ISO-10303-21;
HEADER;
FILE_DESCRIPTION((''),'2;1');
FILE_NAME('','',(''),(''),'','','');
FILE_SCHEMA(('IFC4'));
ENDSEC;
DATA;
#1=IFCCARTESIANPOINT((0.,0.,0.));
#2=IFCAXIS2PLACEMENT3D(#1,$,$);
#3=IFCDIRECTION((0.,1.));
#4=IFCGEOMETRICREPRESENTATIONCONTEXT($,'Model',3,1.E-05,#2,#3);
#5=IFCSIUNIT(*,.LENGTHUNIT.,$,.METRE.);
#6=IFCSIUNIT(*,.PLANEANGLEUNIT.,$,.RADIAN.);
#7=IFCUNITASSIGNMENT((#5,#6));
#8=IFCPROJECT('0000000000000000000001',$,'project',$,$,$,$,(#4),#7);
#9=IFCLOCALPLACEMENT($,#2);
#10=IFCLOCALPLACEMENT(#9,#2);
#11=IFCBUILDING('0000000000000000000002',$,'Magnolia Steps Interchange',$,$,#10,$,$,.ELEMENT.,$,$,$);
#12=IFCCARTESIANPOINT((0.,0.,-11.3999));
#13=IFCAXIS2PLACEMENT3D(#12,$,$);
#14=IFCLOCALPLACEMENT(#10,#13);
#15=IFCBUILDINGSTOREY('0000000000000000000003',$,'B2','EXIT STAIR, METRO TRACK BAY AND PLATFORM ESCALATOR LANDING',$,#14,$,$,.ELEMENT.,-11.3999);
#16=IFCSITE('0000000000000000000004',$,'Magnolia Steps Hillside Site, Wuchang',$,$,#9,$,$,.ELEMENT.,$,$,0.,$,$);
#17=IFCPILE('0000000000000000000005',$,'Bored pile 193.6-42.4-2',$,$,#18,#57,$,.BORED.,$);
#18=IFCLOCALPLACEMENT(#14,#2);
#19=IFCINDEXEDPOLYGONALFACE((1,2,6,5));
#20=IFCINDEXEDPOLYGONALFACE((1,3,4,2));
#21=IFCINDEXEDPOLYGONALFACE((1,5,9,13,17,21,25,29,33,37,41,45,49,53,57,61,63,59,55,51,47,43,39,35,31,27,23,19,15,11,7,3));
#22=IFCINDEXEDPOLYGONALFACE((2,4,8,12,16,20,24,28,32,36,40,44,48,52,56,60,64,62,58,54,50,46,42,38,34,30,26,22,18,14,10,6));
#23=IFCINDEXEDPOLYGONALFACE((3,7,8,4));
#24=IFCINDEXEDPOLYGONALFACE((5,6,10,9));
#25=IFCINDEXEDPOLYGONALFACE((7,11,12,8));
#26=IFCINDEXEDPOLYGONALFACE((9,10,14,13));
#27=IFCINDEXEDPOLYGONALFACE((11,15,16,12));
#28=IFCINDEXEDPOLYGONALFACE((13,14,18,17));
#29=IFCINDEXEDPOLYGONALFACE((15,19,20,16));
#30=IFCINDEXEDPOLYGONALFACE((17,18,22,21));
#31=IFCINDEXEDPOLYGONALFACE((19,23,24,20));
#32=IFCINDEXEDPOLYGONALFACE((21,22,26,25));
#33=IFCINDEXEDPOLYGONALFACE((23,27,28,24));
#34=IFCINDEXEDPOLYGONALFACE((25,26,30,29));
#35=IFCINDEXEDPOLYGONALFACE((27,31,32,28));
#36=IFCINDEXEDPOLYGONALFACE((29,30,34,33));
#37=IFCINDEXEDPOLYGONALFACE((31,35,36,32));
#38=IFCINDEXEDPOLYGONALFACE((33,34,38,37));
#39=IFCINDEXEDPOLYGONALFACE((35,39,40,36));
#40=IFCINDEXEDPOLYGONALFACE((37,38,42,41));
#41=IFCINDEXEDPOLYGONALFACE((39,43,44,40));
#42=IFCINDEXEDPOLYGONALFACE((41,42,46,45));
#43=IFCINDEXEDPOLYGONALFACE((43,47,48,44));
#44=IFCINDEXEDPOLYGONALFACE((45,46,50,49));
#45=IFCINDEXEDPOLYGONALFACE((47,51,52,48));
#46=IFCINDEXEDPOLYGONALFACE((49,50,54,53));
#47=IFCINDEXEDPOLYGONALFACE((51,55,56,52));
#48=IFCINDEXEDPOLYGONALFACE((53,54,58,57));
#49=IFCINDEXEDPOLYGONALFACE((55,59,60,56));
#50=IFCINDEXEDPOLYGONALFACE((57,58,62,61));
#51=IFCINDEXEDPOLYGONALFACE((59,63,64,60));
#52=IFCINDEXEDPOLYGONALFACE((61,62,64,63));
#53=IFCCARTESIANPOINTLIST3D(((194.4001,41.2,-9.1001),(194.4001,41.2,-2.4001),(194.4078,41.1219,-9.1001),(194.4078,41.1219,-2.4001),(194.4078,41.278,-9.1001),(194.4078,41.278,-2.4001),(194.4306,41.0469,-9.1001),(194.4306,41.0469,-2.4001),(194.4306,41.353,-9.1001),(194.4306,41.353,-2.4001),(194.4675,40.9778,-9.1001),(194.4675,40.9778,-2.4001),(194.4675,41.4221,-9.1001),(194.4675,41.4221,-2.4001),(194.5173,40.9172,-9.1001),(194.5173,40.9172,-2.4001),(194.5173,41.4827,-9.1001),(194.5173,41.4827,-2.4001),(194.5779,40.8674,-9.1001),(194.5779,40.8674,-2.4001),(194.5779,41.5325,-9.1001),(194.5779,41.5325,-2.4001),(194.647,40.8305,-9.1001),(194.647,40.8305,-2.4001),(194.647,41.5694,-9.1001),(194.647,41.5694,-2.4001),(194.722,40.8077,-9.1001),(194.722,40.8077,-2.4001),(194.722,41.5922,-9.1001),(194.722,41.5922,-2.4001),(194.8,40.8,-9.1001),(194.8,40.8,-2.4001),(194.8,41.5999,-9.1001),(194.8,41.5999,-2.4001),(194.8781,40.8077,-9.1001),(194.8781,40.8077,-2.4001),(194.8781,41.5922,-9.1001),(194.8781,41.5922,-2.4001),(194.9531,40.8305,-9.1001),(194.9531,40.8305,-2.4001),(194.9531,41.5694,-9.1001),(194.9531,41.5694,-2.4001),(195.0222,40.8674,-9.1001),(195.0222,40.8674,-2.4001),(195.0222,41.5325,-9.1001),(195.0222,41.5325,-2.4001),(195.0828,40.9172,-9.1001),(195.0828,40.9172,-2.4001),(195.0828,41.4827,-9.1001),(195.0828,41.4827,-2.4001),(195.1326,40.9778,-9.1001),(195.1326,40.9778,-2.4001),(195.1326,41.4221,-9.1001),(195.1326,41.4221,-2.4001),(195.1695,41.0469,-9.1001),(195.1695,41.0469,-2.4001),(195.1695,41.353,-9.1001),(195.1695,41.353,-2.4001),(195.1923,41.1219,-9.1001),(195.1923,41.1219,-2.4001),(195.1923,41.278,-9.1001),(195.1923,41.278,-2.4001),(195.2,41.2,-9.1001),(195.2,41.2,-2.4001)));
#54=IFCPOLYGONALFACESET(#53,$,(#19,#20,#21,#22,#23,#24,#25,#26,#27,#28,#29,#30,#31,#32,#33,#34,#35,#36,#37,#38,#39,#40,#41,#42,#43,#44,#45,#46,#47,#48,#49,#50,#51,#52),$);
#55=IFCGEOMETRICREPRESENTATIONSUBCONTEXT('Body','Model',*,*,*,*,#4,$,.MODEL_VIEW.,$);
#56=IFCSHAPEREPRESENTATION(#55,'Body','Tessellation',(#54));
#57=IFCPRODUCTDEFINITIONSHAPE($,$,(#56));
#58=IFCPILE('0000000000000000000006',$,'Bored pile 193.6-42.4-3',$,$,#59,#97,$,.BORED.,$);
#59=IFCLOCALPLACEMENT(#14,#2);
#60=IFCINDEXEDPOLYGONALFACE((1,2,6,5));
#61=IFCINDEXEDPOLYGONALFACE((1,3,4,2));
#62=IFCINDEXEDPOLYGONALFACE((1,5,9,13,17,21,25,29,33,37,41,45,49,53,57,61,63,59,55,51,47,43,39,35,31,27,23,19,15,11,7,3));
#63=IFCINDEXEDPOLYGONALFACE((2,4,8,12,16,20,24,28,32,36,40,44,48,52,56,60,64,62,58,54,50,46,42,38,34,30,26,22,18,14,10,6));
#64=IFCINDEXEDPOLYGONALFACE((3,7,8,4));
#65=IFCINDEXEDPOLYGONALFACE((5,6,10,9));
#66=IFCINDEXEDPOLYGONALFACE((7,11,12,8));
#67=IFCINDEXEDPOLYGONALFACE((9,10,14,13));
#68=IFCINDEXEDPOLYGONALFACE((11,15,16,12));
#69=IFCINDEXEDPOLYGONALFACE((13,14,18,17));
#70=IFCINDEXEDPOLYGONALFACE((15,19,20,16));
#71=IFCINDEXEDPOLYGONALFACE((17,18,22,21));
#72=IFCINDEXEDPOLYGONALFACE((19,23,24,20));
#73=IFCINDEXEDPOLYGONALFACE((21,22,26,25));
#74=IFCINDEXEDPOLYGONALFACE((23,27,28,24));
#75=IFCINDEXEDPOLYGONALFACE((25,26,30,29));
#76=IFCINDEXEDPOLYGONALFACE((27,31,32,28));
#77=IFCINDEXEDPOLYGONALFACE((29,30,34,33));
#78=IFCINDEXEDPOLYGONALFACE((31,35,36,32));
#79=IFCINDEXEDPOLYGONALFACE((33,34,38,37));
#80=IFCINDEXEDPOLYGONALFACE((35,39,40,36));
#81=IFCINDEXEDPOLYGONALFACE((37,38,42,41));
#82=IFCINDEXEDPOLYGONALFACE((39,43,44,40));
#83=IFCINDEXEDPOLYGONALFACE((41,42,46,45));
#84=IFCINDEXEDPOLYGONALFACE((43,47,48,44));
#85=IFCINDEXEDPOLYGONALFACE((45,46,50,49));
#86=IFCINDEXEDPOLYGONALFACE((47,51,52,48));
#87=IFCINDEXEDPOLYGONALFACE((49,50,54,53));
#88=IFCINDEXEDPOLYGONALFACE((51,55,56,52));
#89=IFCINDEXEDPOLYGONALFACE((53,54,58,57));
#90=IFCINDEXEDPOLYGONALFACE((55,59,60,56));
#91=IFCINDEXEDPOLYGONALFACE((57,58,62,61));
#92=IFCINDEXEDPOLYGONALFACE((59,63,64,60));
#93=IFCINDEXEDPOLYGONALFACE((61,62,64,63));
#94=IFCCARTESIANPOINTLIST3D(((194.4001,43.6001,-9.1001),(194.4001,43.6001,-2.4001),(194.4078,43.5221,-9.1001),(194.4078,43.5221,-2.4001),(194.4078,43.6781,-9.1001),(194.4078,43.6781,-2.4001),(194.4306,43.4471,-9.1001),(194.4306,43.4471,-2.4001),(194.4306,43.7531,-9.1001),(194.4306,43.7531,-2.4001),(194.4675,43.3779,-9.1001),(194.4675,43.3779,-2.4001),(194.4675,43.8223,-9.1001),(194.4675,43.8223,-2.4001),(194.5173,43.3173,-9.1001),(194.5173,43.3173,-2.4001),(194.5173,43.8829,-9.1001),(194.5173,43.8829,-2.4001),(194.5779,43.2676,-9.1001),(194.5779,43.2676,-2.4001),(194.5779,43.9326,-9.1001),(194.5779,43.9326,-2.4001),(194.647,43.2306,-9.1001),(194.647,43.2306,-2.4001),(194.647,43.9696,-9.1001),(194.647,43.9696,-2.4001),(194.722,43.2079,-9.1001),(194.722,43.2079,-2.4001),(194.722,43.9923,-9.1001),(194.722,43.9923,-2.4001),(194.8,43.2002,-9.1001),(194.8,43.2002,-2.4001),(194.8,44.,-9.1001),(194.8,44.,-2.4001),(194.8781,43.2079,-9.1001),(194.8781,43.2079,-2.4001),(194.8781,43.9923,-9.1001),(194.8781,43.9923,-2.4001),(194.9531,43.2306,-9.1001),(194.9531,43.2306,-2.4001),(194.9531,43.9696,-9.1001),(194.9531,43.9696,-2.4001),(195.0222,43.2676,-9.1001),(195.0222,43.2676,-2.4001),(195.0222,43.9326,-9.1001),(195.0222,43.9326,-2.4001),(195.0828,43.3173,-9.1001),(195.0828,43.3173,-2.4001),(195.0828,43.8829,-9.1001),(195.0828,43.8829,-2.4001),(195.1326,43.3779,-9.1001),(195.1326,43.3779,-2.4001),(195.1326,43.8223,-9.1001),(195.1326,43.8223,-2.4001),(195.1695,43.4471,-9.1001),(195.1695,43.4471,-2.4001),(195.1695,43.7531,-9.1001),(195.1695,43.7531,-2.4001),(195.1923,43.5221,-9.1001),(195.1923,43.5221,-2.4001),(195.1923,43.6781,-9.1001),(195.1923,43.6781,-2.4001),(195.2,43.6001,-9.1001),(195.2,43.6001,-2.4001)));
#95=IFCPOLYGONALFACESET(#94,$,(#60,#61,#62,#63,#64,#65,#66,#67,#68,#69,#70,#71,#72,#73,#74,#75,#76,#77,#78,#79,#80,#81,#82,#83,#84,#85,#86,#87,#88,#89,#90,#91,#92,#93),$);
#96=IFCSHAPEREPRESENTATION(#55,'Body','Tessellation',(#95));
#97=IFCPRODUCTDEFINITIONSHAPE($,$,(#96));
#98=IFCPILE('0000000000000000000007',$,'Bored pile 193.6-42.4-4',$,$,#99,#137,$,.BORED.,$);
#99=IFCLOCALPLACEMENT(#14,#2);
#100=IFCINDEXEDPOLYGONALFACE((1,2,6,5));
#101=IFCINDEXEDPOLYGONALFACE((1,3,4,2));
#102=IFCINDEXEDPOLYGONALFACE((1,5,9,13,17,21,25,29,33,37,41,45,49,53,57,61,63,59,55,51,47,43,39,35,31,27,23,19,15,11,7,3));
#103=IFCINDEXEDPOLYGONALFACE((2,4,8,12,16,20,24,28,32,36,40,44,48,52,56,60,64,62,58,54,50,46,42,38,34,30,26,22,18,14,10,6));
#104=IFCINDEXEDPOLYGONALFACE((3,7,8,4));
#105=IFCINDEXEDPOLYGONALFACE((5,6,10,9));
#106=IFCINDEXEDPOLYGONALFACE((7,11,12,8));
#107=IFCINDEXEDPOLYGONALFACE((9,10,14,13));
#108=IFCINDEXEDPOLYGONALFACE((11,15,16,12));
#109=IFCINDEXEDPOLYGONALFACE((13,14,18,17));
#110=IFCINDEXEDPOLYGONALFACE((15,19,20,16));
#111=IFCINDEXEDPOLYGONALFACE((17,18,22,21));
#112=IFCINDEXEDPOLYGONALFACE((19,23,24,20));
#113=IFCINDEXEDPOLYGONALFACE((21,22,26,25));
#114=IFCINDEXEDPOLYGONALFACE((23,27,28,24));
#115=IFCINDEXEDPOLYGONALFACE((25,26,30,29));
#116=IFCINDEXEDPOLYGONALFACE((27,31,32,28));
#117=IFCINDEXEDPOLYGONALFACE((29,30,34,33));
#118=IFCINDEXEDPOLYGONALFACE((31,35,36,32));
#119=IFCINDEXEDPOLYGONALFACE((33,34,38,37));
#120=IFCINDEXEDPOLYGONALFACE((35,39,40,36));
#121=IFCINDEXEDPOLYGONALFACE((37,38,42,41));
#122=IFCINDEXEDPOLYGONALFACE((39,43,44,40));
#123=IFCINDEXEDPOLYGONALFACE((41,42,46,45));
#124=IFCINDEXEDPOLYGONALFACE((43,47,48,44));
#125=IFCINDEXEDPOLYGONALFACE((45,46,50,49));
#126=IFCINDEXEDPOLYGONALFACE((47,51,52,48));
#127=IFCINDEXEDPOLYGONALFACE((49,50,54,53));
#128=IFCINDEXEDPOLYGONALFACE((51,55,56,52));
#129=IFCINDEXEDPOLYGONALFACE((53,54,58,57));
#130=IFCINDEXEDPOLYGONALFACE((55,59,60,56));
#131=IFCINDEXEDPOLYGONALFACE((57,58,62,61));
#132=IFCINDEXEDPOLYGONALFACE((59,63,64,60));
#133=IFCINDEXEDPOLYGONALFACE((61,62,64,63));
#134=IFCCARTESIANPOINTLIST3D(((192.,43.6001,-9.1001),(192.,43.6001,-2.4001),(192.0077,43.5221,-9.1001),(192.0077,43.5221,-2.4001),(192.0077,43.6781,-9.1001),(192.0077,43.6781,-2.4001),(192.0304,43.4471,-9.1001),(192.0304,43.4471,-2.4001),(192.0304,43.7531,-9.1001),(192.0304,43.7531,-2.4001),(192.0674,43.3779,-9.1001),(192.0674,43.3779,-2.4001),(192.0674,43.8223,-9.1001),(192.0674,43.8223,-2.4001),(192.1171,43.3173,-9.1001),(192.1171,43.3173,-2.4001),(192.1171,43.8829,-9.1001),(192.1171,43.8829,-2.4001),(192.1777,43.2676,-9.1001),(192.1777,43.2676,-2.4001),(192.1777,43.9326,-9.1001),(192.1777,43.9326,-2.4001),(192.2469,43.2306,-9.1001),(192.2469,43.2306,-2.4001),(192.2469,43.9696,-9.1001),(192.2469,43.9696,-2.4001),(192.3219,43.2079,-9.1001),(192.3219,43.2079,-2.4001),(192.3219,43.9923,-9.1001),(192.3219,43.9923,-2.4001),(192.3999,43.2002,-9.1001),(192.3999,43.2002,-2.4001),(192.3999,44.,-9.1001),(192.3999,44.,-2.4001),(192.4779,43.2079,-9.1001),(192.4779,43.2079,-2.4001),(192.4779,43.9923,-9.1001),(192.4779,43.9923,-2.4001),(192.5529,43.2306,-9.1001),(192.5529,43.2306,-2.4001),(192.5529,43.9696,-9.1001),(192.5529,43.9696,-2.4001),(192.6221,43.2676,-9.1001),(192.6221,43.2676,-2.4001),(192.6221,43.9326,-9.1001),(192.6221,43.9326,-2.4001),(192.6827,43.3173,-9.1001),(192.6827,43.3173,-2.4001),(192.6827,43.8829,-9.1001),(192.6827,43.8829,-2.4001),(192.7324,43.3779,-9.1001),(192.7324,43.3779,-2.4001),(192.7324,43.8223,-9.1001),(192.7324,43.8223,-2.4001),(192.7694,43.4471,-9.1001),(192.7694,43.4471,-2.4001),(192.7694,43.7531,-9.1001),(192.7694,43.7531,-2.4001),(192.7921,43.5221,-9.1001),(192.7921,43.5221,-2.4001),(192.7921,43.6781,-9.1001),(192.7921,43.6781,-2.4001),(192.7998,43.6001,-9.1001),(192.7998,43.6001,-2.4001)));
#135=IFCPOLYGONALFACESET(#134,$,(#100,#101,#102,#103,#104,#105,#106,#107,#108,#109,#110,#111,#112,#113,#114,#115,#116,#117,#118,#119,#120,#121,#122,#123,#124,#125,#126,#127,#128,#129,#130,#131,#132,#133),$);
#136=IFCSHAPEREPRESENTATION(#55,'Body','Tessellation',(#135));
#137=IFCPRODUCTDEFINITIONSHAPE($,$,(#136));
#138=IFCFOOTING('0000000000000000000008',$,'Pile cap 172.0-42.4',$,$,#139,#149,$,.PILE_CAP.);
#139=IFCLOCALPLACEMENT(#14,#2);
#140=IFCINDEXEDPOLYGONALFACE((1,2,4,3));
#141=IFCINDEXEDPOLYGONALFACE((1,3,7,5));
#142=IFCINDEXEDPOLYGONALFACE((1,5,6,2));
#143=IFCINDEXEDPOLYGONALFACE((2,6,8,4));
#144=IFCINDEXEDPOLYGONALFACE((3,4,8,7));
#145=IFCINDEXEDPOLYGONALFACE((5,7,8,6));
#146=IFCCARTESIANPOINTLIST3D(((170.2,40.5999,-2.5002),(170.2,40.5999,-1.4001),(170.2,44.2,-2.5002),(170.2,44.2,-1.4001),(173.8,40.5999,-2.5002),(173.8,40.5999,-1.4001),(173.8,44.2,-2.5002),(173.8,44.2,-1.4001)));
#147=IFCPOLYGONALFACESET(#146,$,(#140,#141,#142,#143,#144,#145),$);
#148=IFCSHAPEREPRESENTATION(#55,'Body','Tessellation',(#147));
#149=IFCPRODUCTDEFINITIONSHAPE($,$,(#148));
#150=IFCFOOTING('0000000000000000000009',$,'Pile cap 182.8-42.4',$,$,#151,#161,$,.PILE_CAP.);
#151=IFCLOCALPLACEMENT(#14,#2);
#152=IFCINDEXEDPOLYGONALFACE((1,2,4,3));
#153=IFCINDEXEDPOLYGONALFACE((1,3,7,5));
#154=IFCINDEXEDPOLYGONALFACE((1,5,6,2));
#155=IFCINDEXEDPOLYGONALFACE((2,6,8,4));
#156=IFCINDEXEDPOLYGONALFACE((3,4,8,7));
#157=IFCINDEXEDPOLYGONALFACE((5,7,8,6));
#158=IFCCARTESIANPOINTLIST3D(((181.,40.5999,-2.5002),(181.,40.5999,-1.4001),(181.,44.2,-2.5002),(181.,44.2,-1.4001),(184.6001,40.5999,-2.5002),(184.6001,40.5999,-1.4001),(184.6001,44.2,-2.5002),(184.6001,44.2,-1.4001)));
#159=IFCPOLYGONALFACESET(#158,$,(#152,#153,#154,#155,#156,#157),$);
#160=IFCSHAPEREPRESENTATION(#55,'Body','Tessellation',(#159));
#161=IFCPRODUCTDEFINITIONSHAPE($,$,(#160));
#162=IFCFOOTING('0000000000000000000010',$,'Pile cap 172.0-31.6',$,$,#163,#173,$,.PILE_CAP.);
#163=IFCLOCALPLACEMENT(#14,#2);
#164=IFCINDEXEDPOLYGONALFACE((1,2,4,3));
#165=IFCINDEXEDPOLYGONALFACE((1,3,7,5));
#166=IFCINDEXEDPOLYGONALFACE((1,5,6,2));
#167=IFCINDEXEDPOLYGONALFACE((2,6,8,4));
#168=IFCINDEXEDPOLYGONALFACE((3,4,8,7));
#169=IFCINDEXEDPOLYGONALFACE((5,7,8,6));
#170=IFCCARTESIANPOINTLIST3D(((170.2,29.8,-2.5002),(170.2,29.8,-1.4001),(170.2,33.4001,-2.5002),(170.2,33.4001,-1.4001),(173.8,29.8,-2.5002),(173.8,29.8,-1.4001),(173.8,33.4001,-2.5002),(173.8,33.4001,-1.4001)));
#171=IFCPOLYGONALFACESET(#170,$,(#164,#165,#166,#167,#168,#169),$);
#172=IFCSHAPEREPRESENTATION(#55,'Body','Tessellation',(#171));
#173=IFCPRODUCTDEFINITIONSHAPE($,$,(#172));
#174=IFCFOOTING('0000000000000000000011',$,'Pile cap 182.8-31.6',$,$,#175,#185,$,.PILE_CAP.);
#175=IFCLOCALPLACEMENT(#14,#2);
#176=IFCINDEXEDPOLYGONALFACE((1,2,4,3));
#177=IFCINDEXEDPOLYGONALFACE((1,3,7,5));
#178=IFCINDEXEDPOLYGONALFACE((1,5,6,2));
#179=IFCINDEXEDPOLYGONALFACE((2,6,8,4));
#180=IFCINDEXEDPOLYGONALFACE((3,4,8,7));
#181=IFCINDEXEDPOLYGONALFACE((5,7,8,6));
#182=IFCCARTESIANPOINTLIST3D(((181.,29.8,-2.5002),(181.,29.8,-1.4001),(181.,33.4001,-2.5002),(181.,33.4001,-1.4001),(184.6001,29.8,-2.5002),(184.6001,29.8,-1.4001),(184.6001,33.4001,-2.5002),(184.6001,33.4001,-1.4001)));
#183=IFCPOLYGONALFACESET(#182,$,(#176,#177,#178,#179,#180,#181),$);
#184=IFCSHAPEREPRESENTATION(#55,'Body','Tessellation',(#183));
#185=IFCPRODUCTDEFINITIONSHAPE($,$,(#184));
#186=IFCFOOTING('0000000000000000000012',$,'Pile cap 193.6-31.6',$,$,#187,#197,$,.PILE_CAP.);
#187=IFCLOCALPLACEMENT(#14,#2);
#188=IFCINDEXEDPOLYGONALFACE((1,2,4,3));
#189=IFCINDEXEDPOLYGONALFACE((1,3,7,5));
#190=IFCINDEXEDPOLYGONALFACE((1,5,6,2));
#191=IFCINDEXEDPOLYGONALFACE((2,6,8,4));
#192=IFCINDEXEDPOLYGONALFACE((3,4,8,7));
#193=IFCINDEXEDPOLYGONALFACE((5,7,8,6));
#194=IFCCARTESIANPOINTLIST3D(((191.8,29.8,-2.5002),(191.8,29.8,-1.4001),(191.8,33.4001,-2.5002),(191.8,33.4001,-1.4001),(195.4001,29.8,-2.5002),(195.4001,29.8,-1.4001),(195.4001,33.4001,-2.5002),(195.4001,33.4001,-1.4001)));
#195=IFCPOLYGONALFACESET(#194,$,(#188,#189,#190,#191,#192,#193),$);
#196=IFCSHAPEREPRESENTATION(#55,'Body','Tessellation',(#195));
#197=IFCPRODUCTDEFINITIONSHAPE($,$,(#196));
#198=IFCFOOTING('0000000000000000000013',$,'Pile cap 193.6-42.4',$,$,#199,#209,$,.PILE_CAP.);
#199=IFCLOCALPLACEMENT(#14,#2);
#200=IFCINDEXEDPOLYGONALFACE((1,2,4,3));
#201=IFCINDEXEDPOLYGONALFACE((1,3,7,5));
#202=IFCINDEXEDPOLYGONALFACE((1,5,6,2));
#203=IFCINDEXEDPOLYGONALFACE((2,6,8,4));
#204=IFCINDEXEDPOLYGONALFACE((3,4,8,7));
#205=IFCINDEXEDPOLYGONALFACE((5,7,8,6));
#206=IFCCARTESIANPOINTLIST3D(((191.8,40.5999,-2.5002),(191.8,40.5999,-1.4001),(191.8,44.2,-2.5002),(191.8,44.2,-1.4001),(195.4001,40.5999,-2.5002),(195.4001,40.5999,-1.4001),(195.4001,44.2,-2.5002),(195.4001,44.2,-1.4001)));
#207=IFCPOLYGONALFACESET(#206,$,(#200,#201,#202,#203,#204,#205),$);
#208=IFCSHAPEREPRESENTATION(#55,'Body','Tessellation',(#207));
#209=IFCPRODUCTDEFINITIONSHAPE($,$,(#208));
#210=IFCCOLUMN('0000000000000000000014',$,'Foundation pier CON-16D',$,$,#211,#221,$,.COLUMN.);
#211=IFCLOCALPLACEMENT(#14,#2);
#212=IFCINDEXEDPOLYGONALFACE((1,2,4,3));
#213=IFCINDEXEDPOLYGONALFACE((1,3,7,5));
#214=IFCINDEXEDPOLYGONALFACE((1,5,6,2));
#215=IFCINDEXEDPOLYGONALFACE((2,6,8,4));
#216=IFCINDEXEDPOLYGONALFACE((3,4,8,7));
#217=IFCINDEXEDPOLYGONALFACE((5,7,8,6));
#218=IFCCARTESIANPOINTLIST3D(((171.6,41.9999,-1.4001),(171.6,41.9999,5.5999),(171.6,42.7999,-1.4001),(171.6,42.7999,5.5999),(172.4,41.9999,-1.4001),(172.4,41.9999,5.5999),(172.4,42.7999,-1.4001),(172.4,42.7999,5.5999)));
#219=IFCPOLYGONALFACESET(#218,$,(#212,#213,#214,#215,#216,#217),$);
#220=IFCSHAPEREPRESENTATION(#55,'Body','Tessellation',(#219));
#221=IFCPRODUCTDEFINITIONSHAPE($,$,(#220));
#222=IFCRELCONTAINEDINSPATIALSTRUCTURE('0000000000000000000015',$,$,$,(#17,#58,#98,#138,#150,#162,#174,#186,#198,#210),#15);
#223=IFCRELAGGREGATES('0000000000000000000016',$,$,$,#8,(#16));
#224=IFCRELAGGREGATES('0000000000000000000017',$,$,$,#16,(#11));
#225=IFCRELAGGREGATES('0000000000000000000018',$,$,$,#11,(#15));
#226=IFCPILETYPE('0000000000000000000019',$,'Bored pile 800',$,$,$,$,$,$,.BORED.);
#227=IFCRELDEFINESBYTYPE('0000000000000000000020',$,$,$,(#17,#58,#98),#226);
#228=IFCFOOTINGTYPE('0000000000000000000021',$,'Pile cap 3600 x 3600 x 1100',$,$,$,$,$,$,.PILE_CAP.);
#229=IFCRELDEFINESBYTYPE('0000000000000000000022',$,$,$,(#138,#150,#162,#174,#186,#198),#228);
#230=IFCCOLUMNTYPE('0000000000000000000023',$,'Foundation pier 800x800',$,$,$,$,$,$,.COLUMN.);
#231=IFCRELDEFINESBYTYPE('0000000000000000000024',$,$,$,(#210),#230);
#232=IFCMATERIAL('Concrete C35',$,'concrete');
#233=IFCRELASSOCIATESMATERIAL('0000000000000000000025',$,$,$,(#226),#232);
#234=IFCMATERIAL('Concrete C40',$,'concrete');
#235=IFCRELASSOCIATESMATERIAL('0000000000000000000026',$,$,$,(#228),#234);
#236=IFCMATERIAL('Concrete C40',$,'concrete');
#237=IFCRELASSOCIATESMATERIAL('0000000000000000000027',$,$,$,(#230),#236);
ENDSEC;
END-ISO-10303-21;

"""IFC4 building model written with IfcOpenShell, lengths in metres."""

from ifc_helpers import new_model, si_unit, direction, frame, origin, origin_2d, place, context, subcontext, project, spatial, rectangle, circle, extrude, material, material_profile, profile_set, type_object, element, save


model = new_model("IFC4")

# Units and contexts
model_context = context("Model", 3, precision=1e-05, world=origin(), true_north=direction((0.0, 1.0)))
body_context = subcontext(model_context, "Body", "Model", "MODEL_VIEW")
ifc_project = project(units=[si_unit("LENGTHUNIT", "METRE"), si_unit("PLANEANGLEUNIT", "RADIAN")], contexts=[model_context])

# Site, building, storey
site_placement = place(None, origin())
site = spatial("IfcSite", under=ifc_project, at=site_placement, Name="Magnolia Steps Hillside Site, Wuchang", CompositionType="ELEMENT", RefElevation=0.0)
building_placement = place(site_placement, origin())
building = spatial("IfcBuilding", under=site, at=building_placement, Name="Magnolia Steps Interchange", CompositionType="ELEMENT")
storey_placement = place(building_placement, frame((0.0, 0.0, -11.3999)))
storey = spatial("IfcBuildingStorey", under=building, at=storey_placement, Name="B2", Description="EXIT STAIR, METRO TRACK BAY AND PLATFORM ESCALATOR LANDING", CompositionType="ELEMENT", Elevation=-11.3999)

# Piles
ifc_material_1 = material(Name="Concrete C35", Category="concrete")
ifc_material_profile_1 = material_profile(ifc_material_1, circle(Radius=0.3999, at=origin_2d()), Name="Bored pile 800")
ifc_profile_set_1 = profile_set([ifc_material_profile_1], Name="Concrete C35")
pile_type_1 = type_object("IfcPileType", Name="Bored pile 800", PredefinedType="BORED", material=ifc_profile_set_1)
for number, where, z_axis, x_axis, name in (
    (1, (194.8, 41.2, -2.4001), (0.0, 0.0, -1.0), (1.0, 0.0, 0.0), "Bored pile 193.6-42.4-2"),
    (2, (194.8, 43.6001, -2.4001), (0.0, 0.0, -1.0), (1.0, 0.0, 0.0), "Bored pile 193.6-42.4-3"),
    (3, (192.3999, 43.6001, -2.4001), (0.0, 0.0, -1.0), (1.0, 0.0, 0.0), "Bored pile 193.6-42.4-4"),
):
    element("IfcPile", number, at=place(storey_placement, frame(where, z_axis=z_axis, x_axis=x_axis)), inside=storey, type_object=pile_type_1, Name=name, PredefinedType="BORED", context=body_context, shape_type="SweptSolid", body=[
        extrude(circle(Radius=0.3999, at=origin_2d()), origin(), (0.0, 0.0, 1.0), 6.7),
    ])

# Footings
ifc_material_2 = material(Name="Concrete C40", Category="concrete")
footing_type = type_object("IfcFootingType", Name="Pile cap 3600 x 3600 x 1100", PredefinedType="PILE_CAP", material=ifc_material_2)
for number, where, z_axis, x_axis, name in (
    (4, (172.0, 42.3999, -2.5002), (0.0, 0.0, 1.0), (1.0, 0.0, 0.0), "Pile cap 172.0-42.4"),
    (5, (182.8, 42.3999, -2.5002), (0.0, 0.0, 1.0), (1.0, 0.0, 0.0), "Pile cap 182.8-42.4"),
    (6, (172.0, 31.6001, -2.5002), (0.0, 0.0, 1.0), (1.0, 0.0, 0.0), "Pile cap 172.0-31.6"),
    (7, (182.8, 31.6001, -2.5002), (0.0, 0.0, 1.0), (1.0, 0.0, 0.0), "Pile cap 182.8-31.6"),
    (8, (193.6001, 31.6001, -2.5002), (0.0, 0.0, 1.0), (1.0, 0.0, 0.0), "Pile cap 193.6-31.6"),
    (9, (193.6001, 42.3999, -2.5002), (0.0, 0.0, 1.0), (1.0, 0.0, 0.0), "Pile cap 193.6-42.4"),
):
    element("IfcFooting", number, at=place(storey_placement, frame(where, z_axis=z_axis, x_axis=x_axis)), inside=storey, type_object=footing_type, Name=name, PredefinedType="PILE_CAP", context=body_context, shape_type="SweptSolid", body=[
        extrude(rectangle(XDim=3.6001, YDim=3.6001, at=origin_2d()), origin(), (0.0, 0.0, 1.0), 1.1001),
    ])

# Column
ifc_material_3 = material(Name="Concrete C40", Category="concrete")
ifc_material_profile_2 = material_profile(ifc_material_3, rectangle(XDim=0.8, YDim=0.8, at=origin_2d()), Name="RC800x800")
ifc_profile_set_2 = profile_set([ifc_material_profile_2], Name="Concrete C40")
column_type = type_object("IfcColumnType", Name="Foundation pier 800x800", PredefinedType="COLUMN", material=ifc_profile_set_2)
for number, where, z_axis, x_axis, name in (
    (10, (172.0, 42.3999, -1.4001), (0.0, 0.0, 1.0), (1.0, 0.0, 0.0), "Foundation pier CON-16D"),
):
    element("IfcColumn", number, at=place(storey_placement, frame(where, z_axis=z_axis, x_axis=x_axis)), inside=storey, type_object=column_type, Name=name, PredefinedType="COLUMN", context=body_context, shape_type="SweptSolid", body=[
        extrude(rectangle(XDim=0.8, YDim=0.8, at=origin_2d()), origin(), (0.0, 0.0, 1.0), 7.0),
    ])

save(model, "model.ifc")
